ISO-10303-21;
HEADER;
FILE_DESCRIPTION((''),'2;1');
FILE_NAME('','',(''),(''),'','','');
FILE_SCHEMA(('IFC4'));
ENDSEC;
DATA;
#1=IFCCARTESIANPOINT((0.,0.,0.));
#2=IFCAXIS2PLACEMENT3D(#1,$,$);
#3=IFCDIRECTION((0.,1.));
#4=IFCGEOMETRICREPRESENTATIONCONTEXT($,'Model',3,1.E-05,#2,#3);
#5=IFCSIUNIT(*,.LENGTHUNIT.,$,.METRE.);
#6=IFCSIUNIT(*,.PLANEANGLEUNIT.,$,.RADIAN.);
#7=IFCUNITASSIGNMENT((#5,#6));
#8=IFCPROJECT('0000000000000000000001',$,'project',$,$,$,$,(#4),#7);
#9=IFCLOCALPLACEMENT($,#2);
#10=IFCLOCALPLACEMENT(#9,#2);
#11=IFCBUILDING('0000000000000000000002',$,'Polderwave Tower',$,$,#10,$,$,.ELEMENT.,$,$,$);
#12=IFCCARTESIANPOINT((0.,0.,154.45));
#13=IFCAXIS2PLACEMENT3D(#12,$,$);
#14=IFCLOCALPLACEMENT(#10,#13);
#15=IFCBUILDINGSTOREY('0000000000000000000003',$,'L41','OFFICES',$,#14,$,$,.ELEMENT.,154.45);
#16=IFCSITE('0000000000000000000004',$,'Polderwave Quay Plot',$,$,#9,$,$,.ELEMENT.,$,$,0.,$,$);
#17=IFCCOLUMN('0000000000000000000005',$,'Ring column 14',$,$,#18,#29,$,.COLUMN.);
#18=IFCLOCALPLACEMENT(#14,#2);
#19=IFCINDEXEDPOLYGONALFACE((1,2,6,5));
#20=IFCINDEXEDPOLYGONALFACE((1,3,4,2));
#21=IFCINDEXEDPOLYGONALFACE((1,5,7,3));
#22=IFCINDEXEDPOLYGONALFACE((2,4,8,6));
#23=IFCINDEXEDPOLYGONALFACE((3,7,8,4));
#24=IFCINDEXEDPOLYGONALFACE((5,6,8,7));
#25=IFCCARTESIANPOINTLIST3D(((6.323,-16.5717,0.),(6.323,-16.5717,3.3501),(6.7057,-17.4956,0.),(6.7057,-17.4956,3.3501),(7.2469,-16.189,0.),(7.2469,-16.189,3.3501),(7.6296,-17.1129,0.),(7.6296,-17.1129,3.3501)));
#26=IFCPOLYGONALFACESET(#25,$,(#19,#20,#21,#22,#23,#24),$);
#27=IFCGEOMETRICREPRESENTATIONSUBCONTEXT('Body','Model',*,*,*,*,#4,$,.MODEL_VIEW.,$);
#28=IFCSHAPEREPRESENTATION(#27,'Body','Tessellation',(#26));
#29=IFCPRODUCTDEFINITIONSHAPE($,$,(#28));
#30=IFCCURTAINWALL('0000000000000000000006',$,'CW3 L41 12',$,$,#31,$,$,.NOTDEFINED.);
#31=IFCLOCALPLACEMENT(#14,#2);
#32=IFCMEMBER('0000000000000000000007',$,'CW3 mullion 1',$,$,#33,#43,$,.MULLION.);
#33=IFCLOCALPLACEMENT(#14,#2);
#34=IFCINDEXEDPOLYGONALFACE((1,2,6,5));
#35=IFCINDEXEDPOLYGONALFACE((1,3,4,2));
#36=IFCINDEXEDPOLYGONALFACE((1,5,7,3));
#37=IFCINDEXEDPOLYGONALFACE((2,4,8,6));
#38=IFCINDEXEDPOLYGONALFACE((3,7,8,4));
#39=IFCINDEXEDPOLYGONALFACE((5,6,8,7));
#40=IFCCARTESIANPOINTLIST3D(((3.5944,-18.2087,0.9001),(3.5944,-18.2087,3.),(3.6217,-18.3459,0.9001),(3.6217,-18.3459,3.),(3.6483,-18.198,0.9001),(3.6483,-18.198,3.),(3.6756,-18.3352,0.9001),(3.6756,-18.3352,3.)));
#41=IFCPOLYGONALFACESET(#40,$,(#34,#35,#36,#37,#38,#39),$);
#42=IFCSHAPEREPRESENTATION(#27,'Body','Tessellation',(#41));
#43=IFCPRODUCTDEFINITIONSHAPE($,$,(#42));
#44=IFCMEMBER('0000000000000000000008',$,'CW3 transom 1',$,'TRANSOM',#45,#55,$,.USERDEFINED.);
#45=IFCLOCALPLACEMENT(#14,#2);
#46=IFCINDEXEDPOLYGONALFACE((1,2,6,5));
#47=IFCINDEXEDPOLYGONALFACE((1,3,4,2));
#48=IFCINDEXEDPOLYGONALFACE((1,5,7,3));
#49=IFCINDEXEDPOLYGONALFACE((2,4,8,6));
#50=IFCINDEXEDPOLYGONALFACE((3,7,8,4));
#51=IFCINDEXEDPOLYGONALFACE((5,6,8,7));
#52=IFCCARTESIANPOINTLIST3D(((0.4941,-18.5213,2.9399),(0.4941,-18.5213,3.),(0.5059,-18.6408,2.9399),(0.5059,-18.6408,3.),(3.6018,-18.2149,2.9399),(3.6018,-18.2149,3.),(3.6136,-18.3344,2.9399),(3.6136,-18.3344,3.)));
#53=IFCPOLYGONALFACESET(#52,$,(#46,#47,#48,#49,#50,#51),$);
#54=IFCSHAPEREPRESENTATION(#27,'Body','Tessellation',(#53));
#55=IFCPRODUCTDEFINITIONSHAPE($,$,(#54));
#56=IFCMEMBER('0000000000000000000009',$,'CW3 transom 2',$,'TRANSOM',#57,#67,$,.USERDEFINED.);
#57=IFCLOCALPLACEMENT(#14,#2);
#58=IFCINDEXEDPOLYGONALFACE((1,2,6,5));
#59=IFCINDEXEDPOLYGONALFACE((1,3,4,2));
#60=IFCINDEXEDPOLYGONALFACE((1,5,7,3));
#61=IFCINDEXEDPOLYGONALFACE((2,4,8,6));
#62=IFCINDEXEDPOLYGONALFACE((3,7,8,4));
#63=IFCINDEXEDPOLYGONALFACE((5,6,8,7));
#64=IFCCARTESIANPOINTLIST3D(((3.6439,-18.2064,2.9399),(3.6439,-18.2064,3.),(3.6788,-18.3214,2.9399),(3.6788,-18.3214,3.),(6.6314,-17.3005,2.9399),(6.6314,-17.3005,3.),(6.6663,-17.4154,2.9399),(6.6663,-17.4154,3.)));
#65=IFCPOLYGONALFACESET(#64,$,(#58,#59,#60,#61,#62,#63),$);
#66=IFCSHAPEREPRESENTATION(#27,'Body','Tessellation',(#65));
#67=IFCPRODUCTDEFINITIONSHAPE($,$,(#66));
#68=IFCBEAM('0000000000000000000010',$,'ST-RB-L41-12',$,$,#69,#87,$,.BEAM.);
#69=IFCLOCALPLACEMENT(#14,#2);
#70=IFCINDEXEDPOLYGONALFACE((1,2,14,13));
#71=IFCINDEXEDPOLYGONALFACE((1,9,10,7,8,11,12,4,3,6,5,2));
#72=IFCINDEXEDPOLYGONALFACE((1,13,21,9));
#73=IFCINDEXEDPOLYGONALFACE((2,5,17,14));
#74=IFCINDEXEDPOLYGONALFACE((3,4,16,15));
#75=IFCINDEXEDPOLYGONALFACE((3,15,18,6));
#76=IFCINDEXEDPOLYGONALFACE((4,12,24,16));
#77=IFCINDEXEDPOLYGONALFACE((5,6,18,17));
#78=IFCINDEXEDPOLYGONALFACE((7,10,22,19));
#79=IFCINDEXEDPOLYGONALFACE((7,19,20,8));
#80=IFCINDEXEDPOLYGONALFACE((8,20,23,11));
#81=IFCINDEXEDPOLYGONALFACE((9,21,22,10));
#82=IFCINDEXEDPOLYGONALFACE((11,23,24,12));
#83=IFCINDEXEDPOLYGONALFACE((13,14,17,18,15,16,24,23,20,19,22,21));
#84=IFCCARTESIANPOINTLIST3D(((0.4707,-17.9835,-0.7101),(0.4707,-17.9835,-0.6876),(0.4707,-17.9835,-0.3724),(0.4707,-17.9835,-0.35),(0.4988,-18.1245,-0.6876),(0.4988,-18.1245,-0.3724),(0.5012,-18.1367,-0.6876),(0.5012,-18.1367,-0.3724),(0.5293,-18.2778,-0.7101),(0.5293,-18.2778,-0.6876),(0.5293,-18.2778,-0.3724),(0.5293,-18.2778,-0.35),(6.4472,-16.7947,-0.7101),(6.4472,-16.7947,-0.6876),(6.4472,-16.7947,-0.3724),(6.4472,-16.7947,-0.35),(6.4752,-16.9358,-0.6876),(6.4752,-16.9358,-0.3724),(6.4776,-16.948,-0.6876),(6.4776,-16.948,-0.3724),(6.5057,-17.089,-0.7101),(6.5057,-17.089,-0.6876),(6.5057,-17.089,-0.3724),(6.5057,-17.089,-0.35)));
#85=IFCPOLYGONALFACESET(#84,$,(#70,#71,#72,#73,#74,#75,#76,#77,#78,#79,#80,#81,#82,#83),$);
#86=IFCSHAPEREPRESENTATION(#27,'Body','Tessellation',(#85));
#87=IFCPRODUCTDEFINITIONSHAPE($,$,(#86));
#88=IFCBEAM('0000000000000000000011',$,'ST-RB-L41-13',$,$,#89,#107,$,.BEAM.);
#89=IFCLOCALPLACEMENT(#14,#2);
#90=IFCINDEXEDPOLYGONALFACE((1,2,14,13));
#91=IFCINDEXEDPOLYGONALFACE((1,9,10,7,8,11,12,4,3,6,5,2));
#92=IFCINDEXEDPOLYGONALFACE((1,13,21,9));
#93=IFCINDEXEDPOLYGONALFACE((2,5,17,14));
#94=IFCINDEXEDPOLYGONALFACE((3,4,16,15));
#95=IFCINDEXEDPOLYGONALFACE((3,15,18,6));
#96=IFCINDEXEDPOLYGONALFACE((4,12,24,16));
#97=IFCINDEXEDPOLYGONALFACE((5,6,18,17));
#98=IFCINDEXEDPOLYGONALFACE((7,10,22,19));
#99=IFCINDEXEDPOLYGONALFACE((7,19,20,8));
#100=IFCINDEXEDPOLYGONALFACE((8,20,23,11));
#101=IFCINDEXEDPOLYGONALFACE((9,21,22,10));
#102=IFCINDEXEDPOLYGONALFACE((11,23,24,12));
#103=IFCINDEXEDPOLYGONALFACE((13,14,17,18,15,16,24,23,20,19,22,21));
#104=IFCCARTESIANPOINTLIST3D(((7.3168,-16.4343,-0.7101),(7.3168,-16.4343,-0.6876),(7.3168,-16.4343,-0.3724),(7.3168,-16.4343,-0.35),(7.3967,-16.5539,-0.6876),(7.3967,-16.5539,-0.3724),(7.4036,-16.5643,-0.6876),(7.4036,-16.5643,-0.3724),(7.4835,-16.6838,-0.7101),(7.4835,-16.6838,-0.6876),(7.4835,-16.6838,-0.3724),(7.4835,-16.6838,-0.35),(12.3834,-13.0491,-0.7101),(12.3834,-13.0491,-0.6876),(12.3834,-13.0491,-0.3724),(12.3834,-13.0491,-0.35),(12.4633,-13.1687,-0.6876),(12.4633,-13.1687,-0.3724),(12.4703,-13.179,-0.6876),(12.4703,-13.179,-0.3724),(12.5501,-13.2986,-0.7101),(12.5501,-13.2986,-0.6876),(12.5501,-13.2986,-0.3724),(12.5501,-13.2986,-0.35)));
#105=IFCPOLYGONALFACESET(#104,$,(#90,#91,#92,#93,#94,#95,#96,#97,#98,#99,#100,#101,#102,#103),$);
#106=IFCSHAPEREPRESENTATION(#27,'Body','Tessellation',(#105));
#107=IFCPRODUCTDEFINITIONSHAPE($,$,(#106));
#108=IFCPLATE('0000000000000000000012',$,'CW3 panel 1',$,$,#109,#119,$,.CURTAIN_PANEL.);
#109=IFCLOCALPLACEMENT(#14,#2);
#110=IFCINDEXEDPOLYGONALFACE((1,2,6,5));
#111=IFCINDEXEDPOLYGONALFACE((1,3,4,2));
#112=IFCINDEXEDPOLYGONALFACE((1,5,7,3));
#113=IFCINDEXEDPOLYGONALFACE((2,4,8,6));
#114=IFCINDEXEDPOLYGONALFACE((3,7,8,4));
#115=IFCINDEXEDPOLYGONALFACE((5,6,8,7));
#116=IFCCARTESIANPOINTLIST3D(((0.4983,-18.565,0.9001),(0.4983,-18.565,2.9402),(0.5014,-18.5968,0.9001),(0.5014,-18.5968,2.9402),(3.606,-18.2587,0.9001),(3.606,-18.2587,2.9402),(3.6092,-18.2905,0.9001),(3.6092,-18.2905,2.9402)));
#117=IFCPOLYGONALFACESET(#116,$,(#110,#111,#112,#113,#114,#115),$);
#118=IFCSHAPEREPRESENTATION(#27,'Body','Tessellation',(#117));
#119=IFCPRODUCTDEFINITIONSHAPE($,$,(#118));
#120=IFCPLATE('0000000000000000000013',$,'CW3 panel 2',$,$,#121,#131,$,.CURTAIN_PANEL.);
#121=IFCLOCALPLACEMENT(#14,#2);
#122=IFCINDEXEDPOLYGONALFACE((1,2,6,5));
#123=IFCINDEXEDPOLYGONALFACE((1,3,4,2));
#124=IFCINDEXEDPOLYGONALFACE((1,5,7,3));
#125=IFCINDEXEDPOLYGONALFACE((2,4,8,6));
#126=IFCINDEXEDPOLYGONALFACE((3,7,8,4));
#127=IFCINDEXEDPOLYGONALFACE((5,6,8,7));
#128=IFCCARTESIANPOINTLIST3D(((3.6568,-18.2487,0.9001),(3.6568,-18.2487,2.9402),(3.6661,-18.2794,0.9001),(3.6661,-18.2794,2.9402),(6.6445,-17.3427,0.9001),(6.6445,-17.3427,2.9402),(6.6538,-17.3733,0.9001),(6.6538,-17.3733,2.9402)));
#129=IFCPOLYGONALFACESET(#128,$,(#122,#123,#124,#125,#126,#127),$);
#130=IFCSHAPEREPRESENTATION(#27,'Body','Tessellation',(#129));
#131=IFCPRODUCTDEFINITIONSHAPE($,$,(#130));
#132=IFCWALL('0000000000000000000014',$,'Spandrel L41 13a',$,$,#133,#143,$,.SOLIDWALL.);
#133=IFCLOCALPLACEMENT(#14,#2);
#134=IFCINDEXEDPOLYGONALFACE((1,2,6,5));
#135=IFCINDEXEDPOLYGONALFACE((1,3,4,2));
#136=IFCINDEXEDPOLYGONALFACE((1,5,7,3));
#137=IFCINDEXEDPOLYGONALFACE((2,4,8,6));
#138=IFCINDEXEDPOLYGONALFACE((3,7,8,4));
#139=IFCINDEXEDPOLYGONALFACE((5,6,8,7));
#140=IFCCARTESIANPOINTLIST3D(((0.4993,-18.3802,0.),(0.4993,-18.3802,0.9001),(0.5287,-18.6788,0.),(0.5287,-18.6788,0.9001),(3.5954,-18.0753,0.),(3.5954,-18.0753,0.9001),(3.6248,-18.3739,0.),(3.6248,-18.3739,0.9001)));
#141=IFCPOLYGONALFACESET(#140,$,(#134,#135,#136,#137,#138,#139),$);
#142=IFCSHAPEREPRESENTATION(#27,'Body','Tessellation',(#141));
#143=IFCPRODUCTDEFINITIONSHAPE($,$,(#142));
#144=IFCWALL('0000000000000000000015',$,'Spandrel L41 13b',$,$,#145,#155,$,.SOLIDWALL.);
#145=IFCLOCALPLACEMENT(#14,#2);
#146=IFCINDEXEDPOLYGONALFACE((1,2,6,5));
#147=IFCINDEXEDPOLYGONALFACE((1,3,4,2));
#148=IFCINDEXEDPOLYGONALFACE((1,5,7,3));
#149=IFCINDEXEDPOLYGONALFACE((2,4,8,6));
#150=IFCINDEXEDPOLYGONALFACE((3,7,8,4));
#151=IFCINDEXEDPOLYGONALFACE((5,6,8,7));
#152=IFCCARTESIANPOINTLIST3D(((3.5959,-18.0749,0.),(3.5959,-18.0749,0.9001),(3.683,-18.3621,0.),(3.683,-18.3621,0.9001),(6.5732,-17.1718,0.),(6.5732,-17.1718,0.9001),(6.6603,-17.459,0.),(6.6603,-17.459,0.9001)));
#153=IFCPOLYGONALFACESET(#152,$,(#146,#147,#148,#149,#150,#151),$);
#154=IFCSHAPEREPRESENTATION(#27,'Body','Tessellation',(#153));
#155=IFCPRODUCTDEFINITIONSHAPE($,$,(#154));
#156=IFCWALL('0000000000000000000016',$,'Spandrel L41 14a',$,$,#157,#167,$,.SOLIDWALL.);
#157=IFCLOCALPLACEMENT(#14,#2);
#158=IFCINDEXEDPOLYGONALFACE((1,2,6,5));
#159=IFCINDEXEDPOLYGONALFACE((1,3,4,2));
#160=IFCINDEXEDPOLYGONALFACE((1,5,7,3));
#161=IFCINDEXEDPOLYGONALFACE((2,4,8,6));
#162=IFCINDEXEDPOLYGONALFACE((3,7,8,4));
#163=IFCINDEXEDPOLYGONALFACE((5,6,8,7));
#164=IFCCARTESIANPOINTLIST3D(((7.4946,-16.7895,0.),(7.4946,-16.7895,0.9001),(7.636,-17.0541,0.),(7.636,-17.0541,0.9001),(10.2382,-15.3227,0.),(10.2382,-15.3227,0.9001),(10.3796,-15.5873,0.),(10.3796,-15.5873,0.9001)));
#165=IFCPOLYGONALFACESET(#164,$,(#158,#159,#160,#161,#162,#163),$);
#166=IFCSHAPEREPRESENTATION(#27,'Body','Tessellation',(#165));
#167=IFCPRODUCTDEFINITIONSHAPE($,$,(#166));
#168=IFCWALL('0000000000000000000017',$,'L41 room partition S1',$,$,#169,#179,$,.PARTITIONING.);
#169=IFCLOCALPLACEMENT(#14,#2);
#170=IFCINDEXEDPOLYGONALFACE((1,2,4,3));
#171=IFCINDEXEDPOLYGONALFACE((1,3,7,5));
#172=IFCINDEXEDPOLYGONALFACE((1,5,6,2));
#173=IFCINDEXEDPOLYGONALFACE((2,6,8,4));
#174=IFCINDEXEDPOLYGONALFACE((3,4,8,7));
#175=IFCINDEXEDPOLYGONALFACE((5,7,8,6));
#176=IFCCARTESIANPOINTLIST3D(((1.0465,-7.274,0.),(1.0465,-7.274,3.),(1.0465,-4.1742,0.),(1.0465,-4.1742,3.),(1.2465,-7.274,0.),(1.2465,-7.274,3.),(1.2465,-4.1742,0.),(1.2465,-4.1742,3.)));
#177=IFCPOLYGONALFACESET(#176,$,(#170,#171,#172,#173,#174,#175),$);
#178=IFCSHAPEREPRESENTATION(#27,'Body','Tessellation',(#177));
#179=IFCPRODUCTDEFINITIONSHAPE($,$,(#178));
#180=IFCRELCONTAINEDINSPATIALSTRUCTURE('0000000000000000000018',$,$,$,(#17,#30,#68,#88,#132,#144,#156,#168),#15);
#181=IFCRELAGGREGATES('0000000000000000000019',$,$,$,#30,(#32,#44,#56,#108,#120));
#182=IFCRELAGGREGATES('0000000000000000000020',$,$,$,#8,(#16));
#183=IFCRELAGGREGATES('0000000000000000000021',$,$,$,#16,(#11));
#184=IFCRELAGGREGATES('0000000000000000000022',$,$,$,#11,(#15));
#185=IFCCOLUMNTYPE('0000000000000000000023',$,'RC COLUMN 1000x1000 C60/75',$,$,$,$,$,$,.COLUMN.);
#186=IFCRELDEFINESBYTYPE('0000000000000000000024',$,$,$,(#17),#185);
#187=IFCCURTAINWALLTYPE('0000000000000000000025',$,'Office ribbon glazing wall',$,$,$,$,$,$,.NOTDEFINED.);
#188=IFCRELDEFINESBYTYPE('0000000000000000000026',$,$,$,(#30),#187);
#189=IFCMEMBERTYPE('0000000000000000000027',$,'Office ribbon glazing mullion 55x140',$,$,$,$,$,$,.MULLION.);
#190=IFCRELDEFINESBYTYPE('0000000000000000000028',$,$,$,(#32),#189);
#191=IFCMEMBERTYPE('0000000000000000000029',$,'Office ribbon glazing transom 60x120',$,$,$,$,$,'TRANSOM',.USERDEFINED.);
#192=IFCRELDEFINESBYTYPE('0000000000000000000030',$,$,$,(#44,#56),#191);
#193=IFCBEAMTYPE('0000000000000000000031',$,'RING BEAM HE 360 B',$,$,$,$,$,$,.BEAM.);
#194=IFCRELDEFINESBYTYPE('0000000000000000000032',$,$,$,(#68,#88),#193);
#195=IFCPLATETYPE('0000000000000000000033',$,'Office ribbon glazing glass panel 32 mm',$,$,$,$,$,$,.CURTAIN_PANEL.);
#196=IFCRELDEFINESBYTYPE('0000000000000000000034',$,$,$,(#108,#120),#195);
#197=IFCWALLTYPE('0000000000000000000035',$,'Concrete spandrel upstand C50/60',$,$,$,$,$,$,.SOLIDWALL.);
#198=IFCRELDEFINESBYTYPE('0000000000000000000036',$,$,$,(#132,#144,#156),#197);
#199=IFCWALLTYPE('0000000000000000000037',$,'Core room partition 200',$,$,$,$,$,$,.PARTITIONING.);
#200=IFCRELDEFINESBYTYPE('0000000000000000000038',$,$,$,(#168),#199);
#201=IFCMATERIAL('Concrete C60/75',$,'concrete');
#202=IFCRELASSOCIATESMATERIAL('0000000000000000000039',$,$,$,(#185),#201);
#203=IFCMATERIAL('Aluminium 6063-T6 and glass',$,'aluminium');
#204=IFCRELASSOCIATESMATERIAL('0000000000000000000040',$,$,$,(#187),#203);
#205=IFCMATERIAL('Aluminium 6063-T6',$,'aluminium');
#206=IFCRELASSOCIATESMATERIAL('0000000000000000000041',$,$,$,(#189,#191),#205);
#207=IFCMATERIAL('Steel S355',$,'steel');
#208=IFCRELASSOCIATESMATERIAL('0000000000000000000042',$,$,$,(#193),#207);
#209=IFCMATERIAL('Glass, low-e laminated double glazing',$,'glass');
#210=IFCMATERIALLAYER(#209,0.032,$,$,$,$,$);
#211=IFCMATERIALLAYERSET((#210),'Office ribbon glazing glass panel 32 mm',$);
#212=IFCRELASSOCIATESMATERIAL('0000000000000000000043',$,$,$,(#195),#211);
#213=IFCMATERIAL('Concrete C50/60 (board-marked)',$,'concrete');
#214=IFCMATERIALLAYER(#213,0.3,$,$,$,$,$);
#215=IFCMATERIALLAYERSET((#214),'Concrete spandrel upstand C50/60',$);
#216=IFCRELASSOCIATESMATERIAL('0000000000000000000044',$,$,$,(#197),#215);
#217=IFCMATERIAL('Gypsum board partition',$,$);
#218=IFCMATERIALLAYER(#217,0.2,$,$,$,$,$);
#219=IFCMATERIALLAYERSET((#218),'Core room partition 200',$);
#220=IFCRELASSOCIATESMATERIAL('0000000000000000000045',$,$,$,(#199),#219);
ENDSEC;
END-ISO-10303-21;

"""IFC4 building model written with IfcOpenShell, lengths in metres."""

from ifc_helpers import new_model, si_unit, direction, frame, frame_2d, origin, origin_2d, place, context, subcontext, project, spatial, rectangle, i_section, extrude, material, layer, layer_set, material_profile, profile_set, type_object, element, aggregate, save


model = new_model("IFC4")

# Units and contexts
model_context = context("Model", 3, precision=1e-05, world=origin(), true_north=direction((0.0, 1.0)))
body_context = subcontext(model_context, "Body", "Model", "MODEL_VIEW")
ifc_project = project(units=[si_unit("LENGTHUNIT", "METRE"), si_unit("PLANEANGLEUNIT", "RADIAN")], contexts=[model_context])

# Site, building, storey
site_placement = place(None, origin())
site = spatial("IfcSite", under=ifc_project, at=site_placement, Name="Polderwave Quay Plot", CompositionType="ELEMENT", RefElevation=0.0)
building_placement = place(site_placement, origin())
building = spatial("IfcBuilding", under=site, at=building_placement, Name="Polderwave Tower", CompositionType="ELEMENT")
storey_placement = place(building_placement, frame((0.0, 0.0, 154.45)))
storey = spatial("IfcBuildingStorey", under=building, at=storey_placement, Name="L41", Description="OFFICES", CompositionType="ELEMENT", Elevation=154.45)

# Column
ifc_material_1 = material(Name="Concrete C60/75", Category="concrete")
ifc_material_profile_1 = material_profile(ifc_material_1, rectangle(XDim=1.0, YDim=1.0, at=origin_2d()), Name="RC 1000x1000")
ifc_profile_set_1 = profile_set([ifc_material_profile_1], Name="Concrete C60/75")
column_type = type_object("IfcColumnType", Name="RC COLUMN 1000x1000 C60/75", PredefinedType="COLUMN", material=ifc_profile_set_1)
column_placement = place(storey_placement, frame((6.9763, -16.8423, 0.0), z_axis=(0.0, 0.0, 1.0), x_axis=(0.382683, -0.92388, 0.0)))
element("IfcColumn", 1, at=column_placement, inside=storey, type_object=column_type, Name="Ring column 14", PredefinedType="COLUMN", context=body_context, shape_type="SweptSolid", body=[
    extrude(rectangle(XDim=1.0, YDim=1.0, at=origin_2d()), origin(), (0.0, 0.0, 1.0), 3.3501),
])

# Curtain wall, members
ifc_material_2 = material(Name="Aluminium 6063-T6 and glass", Category="aluminium")
curtain_wall_type = type_object("IfcCurtainWallType", Name="Office ribbon glazing wall", PredefinedType="NOTDEFINED", material=ifc_material_2)
curtain_wall_placement = place(storey_placement, origin())
curtain_wall = element("IfcCurtainWall", 2, at=curtain_wall_placement, inside=storey, type_object=curtain_wall_type, Name="CW3 L41 12", PredefinedType="NOTDEFINED")
ifc_material_3 = material(Name="Aluminium 6063-T6", Category="aluminium")
ifc_material_profile_2 = material_profile(ifc_material_3, rectangle(XDim=0.1399, YDim=0.0549, at=origin_2d()), Name="AL 55x140")
ifc_profile_set_2 = profile_set([ifc_material_profile_2], Name="Aluminium 6063-T6")
member_type_1 = type_object("IfcMemberType", Name="Office ribbon glazing mullion 55x140", PredefinedType="MULLION", material=ifc_profile_set_2)
member_1_placement = place(storey_placement, frame((3.635, -18.272, 0.9001), z_axis=(0.0, 0.0, 1.0), x_axis=(-0.195083, 0.980787, 0.0)))
member_1 = element("IfcMember", 3, at=member_1_placement, type_object=member_type_1, Name="CW3 mullion 1", PredefinedType="MULLION", context=body_context, shape_type="SweptSolid", body=[
    extrude(rectangle(XDim=0.1399, YDim=0.0549, at=origin_2d()), origin(), (0.0, 0.0, 1.0), 2.0999),
])
ifc_material_profile_3 = material_profile(ifc_material_3, rectangle(XDim=0.1201, YDim=0.0601, at=origin_2d()), Name="AL 60x120")
ifc_profile_set_3 = profile_set([ifc_material_profile_3], Name="Aluminium 6063-T6")
member_type_2 = type_object("IfcMemberType", Name="Office ribbon glazing transom 60x120", ElementType="TRANSOM", PredefinedType="USERDEFINED", material=ifc_profile_set_3)
member_2_placement = place(storey_placement, frame((0.5, -18.5811, 2.97), z_axis=(0.995175, 0.098118, 0.0), x_axis=(-0.098118, 0.995175, 0.0)))
member_2 = element("IfcMember", 4, at=member_2_placement, type_object=member_type_2, Name="CW3 transom 1", ObjectType="TRANSOM", PredefinedType="USERDEFINED", context=body_context, shape_type="SweptSolid", body=[
    extrude(rectangle(XDim=0.1201, YDim=0.0601, at=origin_2d()), origin(), (0.0, 0.0, 1.0), 3.1228),
])
member_3_placement = place(storey_placement, frame((3.6614, -18.2639, 2.97), z_axis=(0.956963, 0.290209, 0.0), x_axis=(-0.290209, 0.956963, 0.0)))
member_3 = element("IfcMember", 5, at=member_3_placement, type_object=member_type_2, Name="CW3 transom 2", ObjectType="TRANSOM", PredefinedType="USERDEFINED", context=body_context, shape_type="SweptSolid", body=[
    extrude(rectangle(XDim=0.1201, YDim=0.0601, at=origin_2d()), origin(), (0.0, 0.0, 1.0), 3.1218),
])

# Beams
ifc_material_4 = material(Name="Steel S355", Category="steel")
ifc_material_profile_4 = material_profile(ifc_material_4, i_section(OverallWidth=0.3, OverallDepth=0.3601, WebThickness=0.0125, FlangeThickness=0.0225, at=origin_2d()), Name="HE 360 B")
ifc_profile_set_4 = profile_set([ifc_material_profile_4], Name="Steel S355")
beam_type = type_object("IfcBeamType", Name="RING BEAM HE 360 B", PredefinedType="BEAM", material=ifc_profile_set_4)
for number, where, z_axis, x_axis, name in (
    (6, (0.5, -18.1306, -0.53), (0.980787, 0.195084, 0.0), (-0.195084, 0.980787, 0.0), "ST-RB-L41-12"),
    (7, (7.4001, -16.5591, -0.53), (0.831483, 0.555551, 0.0), (-0.555551, 0.831483, 0.0), "ST-RB-L41-13"),
):
    element("IfcBeam", number, at=place(storey_placement, frame(where, z_axis=z_axis, x_axis=x_axis)), inside=storey, type_object=beam_type, Name=name, PredefinedType="BEAM", context=body_context, shape_type="SweptSolid", body=[
        extrude(i_section(OverallWidth=0.3, OverallDepth=0.3601, WebThickness=0.0125, FlangeThickness=0.0225, at=origin_2d()), origin(), (0.0, 0.0, 1.0), 6.0935),
    ])

# Plates
ifc_material_5 = material(Name="Glass, low-e laminated double glazing", Category="glass")
ifc_layer_1 = layer(ifc_material_5, 0.032)
ifc_layer_set_1 = layer_set([ifc_layer_1], Name="Office ribbon glazing glass panel 32 mm")
plate_type = type_object("IfcPlateType", Name="Office ribbon glazing glass panel 32 mm", PredefinedType="CURTAIN_PANEL", material=ifc_layer_set_1)
plate_1_placement = place(storey_placement, frame((2.0537, -18.4277, 0.9001), z_axis=(0.0, 0.0, 1.0), x_axis=(0.995178, 0.09809, 0.0)))
plate_1 = element("IfcPlate", 8, at=plate_1_placement, type_object=plate_type, Name="CW3 panel 1", PredefinedType="CURTAIN_PANEL", context=body_context, shape_type="SweptSolid", body=[
    extrude(rectangle(XDim=3.1228, YDim=0.032, at=origin_2d()), origin(), (0.0, 0.0, 1.0), 2.04),
])
plate_2_placement = place(storey_placement, frame((5.1553, -17.811, 0.9001), z_axis=(0.0, 0.0, 1.0), x_axis=(0.956966, 0.290201, 0.0)))
plate_2 = element("IfcPlate", 9, at=plate_2_placement, type_object=plate_type, Name="CW3 panel 2", PredefinedType="CURTAIN_PANEL", context=body_context, shape_type="SweptSolid", body=[
    extrude(rectangle(XDim=3.1221, YDim=0.032, at=origin_2d()), origin(), (0.0, 0.0, 1.0), 2.04),
])
aggregate(curtain_wall, [member_1, member_2, member_3, plate_1, plate_2])

# Walls
ifc_material_6 = material(Name="Concrete C50/60 (board-marked)", Category="concrete")
ifc_layer_2 = layer(ifc_material_6, 0.3)
ifc_layer_set_2 = layer_set([ifc_layer_2], Name="Concrete spandrel upstand C50/60")
wall_type_1 = type_object("IfcWallType", Name="Concrete spandrel upstand C50/60", PredefinedType="SOLIDWALL", material=ifc_layer_set_2)
wall_1_placement = place(storey_placement, frame((0.5139, -18.5295, 0.0), z_axis=(0.0, 0.0, 1.0), x_axis=(0.995185, 0.098012, 0.0)))
element("IfcWall", 10, at=wall_1_placement, inside=storey, type_object=wall_type_1, Name="Spandrel L41 13a", PredefinedType="SOLIDWALL", context=body_context, shape_type="SweptSolid", body=[
    extrude(rectangle(XDim=3.1111, YDim=0.3, at=frame_2d((1.5557, 0.0))), origin(), (0.0, 0.0, 1.0), 0.9001),
])
wall_2_placement = place(storey_placement, frame((3.6394, -18.2185, 0.0), z_axis=(0.0, 0.0, 1.0), x_axis=(0.956947, 0.290262, 0.0)))
element("IfcWall", 11, at=wall_2_placement, inside=storey, type_object=wall_type_1, Name="Spandrel L41 13b", PredefinedType="SOLIDWALL", context=body_context, shape_type="SweptSolid", body=[
    extrude(rectangle(XDim=3.1113, YDim=0.3, at=frame_2d((1.5557, 0.0))), origin(), (0.0, 0.0, 1.0), 0.9001),
])
wall_3_placement = place(storey_placement, frame((7.5652, -16.9219, 0.0), z_axis=(0.0, 0.0, 1.0), x_axis=(0.881883, 0.471468, 0.0)))
element("IfcWall", 12, at=wall_3_placement, inside=storey, type_object=wall_type_1, Name="Spandrel L41 14a", PredefinedType="SOLIDWALL", context=body_context, shape_type="SweptSolid", body=[
    extrude(rectangle(XDim=3.1111, YDim=0.3, at=frame_2d((1.5557, 0.0))), origin(), (0.0, 0.0, 1.0), 0.9001),
])
ifc_material_7 = material(Name="Gypsum board partition")
ifc_layer_3 = layer(ifc_material_7, 0.2)
ifc_layer_set_3 = layer_set([ifc_layer_3], Name="Core room partition 200")
wall_type_2 = type_object("IfcWallType", Name="Core room partition 200", PredefinedType="PARTITIONING", material=ifc_layer_set_3)
wall_4_placement = place(storey_placement, frame((1.1465, -7.2739, 0.0), z_axis=(0.0, 0.0, 1.0), x_axis=(0.0, 1.0, 0.0)))
element("IfcWall", 13, at=wall_4_placement, inside=storey, type_object=wall_type_2, Name="L41 room partition S1", PredefinedType="PARTITIONING", context=body_context, shape_type="SweptSolid", body=[
    extrude(rectangle(XDim=3.0999, YDim=0.2, at=frame_2d((1.5498, 0.0))), origin(), (0.0, 0.0, 1.0), 3.0),
])

save(model, "model.ifc")
